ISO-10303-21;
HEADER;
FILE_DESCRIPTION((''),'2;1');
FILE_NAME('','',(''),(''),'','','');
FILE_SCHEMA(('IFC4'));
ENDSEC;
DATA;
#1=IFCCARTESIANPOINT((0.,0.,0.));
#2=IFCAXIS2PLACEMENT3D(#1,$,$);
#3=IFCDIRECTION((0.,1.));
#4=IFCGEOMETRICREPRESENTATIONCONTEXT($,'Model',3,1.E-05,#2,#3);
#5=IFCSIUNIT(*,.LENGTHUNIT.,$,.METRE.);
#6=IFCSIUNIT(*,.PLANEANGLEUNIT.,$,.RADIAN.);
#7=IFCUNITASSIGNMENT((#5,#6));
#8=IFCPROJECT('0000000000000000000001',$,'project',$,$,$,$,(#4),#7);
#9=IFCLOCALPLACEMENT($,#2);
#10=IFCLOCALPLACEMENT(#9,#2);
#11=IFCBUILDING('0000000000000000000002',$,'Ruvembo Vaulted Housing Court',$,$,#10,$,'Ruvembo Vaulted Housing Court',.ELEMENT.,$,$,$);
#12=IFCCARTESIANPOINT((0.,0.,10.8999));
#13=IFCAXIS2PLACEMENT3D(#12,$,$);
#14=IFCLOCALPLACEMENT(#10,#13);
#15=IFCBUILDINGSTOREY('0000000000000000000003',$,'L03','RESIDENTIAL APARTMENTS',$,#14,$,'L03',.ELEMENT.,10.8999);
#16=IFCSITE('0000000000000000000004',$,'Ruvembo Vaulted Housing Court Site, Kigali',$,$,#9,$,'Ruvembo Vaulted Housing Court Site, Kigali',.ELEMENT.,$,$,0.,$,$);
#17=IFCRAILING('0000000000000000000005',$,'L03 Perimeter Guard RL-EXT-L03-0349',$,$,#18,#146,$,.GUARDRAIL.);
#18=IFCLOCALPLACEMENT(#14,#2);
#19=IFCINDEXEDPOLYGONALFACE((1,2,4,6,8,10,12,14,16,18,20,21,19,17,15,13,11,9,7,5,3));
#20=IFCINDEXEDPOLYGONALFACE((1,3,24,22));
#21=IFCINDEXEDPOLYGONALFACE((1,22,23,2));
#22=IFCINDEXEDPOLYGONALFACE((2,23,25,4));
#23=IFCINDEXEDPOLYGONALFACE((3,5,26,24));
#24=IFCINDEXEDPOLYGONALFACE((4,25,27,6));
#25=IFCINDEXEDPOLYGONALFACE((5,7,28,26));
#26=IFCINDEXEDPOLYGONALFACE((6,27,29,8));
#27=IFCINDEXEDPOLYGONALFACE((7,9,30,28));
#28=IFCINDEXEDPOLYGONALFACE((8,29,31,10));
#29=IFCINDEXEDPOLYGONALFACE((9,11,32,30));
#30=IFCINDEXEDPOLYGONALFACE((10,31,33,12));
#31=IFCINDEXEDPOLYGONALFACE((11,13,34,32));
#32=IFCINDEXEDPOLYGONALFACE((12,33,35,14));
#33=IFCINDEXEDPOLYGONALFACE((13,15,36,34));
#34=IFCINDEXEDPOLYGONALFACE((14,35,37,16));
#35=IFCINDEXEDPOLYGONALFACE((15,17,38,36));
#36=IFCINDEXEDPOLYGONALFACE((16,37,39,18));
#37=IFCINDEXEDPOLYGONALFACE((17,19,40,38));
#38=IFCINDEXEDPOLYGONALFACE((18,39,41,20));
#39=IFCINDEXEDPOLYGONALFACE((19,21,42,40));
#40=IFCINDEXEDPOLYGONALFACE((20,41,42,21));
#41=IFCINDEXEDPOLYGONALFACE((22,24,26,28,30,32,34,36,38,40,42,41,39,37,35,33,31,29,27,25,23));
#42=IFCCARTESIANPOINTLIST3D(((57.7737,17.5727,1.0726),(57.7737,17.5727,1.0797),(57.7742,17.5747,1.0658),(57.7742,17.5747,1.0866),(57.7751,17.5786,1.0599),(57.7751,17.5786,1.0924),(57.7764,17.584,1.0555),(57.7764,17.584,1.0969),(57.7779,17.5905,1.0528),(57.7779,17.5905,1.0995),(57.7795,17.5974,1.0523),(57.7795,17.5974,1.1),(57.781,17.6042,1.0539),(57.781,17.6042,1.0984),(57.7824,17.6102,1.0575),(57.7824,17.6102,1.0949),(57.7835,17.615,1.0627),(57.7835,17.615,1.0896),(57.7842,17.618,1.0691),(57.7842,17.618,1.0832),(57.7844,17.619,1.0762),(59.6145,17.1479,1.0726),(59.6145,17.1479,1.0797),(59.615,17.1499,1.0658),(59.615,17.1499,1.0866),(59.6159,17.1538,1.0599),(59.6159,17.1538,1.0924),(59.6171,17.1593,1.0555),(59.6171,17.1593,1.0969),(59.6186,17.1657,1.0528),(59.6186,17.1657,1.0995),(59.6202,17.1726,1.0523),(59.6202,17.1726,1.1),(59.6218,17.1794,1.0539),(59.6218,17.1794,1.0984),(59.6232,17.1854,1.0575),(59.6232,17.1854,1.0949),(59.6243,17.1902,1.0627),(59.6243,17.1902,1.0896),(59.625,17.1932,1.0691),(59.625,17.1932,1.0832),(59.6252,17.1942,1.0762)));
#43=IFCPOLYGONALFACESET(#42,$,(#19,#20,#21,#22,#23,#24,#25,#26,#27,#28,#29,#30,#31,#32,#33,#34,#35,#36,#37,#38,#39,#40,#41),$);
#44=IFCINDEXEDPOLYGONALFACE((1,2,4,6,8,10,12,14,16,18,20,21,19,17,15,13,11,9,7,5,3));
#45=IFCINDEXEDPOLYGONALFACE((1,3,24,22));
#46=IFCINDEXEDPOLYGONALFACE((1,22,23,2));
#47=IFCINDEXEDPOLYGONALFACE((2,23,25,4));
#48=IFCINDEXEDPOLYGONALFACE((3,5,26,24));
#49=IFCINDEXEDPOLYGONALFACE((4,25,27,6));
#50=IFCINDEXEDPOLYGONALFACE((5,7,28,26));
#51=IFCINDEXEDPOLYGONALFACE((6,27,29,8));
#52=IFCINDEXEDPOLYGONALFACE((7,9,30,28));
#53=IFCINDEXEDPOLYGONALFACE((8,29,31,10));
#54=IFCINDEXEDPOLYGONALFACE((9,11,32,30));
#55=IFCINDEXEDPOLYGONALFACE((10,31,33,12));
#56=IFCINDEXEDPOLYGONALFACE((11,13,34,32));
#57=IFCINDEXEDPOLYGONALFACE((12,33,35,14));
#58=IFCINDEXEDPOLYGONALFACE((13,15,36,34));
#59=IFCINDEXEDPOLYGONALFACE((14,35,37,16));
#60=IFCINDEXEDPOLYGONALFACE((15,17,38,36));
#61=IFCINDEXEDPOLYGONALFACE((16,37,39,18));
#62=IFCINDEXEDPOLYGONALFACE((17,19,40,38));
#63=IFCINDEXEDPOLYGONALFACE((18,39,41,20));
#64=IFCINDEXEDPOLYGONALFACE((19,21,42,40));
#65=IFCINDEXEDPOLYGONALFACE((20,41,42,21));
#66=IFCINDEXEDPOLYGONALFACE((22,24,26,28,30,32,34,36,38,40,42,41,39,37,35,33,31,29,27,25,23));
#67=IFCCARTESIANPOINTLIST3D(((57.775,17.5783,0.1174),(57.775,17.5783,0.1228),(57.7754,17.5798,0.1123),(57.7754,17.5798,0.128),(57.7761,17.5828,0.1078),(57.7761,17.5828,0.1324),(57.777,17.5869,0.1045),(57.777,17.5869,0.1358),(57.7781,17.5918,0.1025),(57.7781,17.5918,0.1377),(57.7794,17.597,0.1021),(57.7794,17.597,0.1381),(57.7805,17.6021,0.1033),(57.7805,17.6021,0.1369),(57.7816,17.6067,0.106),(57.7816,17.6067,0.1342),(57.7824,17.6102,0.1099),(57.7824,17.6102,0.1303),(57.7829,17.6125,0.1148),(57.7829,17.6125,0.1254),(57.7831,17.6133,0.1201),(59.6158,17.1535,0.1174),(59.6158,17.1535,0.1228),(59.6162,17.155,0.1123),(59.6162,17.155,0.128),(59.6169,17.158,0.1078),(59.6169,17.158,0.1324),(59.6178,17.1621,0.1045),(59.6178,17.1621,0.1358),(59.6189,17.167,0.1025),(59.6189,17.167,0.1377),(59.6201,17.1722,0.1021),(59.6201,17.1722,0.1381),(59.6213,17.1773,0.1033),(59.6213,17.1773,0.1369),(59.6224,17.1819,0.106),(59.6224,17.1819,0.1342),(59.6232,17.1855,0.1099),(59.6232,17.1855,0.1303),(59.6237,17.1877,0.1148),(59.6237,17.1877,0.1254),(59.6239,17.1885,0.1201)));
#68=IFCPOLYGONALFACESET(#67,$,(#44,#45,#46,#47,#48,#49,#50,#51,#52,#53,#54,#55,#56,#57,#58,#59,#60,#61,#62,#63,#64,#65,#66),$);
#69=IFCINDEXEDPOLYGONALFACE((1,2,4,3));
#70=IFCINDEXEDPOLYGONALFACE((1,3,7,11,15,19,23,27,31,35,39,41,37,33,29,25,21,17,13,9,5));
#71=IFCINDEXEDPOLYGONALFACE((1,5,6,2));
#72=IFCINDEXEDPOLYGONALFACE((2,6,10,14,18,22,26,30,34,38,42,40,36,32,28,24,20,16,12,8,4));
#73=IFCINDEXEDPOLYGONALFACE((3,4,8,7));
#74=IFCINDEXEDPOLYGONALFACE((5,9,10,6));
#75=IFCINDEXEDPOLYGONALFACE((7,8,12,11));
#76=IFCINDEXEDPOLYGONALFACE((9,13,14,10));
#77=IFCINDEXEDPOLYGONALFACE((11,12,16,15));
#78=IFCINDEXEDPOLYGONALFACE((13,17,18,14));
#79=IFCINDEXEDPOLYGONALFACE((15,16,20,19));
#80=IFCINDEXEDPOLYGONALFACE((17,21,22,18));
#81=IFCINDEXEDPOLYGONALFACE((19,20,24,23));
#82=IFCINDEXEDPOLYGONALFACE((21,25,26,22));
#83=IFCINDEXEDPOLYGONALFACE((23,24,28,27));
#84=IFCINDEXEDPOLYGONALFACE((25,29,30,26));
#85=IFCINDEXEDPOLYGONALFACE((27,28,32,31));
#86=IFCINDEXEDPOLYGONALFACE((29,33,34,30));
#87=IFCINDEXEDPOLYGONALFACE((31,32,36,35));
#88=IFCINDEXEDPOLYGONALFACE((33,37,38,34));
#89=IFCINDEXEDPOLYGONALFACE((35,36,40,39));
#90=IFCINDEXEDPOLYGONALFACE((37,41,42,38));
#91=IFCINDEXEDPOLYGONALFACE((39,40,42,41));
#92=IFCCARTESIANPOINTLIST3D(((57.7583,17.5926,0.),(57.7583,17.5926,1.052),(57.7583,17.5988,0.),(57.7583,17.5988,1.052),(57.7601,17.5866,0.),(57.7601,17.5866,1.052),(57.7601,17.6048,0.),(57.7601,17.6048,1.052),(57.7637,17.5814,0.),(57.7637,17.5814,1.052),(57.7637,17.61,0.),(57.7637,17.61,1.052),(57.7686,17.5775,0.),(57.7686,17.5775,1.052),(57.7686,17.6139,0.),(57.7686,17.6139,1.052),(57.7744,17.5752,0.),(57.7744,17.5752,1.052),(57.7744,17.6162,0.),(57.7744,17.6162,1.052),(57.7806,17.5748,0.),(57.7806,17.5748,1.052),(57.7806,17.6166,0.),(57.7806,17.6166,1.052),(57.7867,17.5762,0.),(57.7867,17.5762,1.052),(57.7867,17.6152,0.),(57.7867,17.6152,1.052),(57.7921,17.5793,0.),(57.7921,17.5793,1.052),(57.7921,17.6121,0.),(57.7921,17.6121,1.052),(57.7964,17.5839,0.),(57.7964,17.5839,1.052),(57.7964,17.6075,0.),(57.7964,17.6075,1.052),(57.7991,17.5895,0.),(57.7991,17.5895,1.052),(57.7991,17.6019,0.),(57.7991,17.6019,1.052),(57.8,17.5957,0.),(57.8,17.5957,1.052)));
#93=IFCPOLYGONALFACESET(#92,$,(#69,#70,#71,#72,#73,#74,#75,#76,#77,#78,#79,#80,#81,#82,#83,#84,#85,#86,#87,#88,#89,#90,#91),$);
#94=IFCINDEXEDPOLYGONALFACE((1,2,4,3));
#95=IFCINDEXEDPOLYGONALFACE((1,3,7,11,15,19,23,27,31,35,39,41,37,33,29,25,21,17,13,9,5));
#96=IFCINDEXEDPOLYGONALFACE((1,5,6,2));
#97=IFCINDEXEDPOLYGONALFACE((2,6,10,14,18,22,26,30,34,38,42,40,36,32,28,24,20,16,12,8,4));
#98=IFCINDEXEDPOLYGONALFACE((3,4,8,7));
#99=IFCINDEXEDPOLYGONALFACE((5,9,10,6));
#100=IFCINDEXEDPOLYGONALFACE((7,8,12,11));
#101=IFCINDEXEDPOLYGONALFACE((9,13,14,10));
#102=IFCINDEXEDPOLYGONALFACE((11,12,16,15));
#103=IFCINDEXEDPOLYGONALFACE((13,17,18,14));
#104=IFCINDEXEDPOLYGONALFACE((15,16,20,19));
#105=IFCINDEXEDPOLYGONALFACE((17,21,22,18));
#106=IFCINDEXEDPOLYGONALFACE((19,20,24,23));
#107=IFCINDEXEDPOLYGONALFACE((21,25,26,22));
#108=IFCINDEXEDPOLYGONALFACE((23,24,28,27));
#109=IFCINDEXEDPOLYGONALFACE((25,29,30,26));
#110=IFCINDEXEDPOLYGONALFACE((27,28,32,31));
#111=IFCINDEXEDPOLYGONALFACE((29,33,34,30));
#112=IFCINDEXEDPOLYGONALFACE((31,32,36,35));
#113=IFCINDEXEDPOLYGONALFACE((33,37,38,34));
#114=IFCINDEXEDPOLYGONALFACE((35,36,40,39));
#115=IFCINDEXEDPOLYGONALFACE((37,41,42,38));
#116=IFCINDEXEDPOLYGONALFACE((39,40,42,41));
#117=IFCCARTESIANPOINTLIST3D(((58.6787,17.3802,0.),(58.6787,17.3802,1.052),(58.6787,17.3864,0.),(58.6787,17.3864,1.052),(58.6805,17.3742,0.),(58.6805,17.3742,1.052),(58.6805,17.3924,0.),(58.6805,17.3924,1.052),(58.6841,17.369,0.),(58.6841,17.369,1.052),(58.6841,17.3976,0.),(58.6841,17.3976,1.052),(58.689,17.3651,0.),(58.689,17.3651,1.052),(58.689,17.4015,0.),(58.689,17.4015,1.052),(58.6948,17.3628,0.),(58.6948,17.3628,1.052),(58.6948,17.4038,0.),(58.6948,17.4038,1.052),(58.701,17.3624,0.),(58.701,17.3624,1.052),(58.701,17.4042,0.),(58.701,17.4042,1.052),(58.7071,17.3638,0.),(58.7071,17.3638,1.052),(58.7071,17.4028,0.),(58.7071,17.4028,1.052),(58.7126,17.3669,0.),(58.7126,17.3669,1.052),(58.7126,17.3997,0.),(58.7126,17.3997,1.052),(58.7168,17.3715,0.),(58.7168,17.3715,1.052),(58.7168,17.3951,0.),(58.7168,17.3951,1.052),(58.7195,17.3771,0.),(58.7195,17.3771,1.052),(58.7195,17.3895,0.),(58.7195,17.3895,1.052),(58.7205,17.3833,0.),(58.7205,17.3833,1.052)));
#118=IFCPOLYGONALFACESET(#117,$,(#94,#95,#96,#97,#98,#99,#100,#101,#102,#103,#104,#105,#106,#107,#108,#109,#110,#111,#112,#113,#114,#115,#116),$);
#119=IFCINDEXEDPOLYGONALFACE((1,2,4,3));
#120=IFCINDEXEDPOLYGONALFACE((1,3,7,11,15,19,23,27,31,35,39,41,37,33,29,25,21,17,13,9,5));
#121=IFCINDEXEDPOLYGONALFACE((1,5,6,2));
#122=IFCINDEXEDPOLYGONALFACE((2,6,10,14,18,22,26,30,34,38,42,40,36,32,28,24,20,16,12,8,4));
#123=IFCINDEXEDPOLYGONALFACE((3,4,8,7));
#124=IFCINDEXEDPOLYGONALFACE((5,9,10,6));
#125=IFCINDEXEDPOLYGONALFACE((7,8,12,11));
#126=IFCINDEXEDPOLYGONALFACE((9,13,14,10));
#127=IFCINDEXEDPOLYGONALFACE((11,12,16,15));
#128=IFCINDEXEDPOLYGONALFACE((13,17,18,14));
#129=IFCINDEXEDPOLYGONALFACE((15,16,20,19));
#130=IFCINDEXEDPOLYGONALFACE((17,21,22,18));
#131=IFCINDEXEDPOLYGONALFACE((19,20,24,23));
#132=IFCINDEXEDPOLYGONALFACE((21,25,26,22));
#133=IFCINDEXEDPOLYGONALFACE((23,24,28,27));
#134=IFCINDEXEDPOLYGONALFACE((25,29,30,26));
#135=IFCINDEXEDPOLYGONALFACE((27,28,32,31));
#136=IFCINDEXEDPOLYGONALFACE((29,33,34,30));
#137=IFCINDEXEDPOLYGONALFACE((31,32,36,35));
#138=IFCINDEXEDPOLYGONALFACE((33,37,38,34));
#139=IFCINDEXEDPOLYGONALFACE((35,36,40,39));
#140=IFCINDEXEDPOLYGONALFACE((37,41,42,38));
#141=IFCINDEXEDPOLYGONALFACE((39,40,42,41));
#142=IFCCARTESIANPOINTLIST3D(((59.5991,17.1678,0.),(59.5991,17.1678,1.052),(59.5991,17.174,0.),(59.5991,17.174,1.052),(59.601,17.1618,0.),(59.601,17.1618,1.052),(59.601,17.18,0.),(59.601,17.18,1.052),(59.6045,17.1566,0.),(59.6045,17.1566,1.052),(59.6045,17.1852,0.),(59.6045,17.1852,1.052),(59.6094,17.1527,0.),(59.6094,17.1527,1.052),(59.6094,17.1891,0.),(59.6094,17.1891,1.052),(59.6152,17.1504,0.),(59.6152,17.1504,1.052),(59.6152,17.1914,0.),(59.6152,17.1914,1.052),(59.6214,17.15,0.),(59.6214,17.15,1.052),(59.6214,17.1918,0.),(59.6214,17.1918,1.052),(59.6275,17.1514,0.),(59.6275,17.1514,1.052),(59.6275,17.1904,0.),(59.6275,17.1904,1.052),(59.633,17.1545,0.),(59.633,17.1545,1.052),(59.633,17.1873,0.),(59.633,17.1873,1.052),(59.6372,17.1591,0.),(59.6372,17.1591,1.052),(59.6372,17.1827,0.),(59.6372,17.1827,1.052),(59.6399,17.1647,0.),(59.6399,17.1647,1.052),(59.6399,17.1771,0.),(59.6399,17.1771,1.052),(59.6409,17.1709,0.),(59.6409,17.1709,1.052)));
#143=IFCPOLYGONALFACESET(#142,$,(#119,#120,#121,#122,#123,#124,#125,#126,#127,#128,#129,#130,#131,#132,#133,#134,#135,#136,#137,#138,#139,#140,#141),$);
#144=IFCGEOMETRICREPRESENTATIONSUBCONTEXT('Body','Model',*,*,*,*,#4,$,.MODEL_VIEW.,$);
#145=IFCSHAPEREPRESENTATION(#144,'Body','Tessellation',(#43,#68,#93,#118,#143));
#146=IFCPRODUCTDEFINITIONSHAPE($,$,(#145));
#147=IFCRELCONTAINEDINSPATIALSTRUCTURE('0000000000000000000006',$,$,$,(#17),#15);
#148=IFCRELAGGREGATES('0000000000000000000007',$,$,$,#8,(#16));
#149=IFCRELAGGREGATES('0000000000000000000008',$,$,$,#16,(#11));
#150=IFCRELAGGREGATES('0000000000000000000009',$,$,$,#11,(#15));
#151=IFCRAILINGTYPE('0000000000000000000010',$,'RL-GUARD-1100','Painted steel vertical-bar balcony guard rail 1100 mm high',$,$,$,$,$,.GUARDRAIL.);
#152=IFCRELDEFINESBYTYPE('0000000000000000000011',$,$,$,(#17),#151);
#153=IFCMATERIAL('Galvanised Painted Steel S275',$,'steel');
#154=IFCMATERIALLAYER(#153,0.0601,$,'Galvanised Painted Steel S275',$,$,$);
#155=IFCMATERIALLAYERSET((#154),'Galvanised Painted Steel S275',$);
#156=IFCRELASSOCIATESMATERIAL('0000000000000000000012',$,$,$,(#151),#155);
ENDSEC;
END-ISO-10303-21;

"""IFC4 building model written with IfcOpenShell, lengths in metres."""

from ifc_helpers import new_model, si_unit, direction, frame, origin, origin_2d, place, context, subcontext, project, spatial, circle, extrude, material, layer, layer_set, type_object, element, save


model = new_model("IFC4")

# Units and contexts
model_context = context("Model", 3, precision=1e-05, world=origin(), true_north=direction((0.0, 1.0)))
body_context = subcontext(model_context, "Body", "Model", "MODEL_VIEW")
ifc_project = project(units=[si_unit("LENGTHUNIT", "METRE"), si_unit("PLANEANGLEUNIT", "RADIAN")], contexts=[model_context])

# Site, building, storey
site_placement = place(None, origin())
site = spatial("IfcSite", under=ifc_project, at=site_placement, Name="Ruvembo Vaulted Housing Court Site, Kigali", LongName="Ruvembo Vaulted Housing Court Site, Kigali", CompositionType="ELEMENT", RefElevation=0.0)
building_placement = place(site_placement, origin())
building = spatial("IfcBuilding", under=site, at=building_placement, Name="Ruvembo Vaulted Housing Court", LongName="Ruvembo Vaulted Housing Court", CompositionType="ELEMENT")
storey_placement = place(building_placement, frame((0.0, 0.0, 10.8999)))
storey = spatial("IfcBuildingStorey", under=building, at=storey_placement, Name="L03", Description="RESIDENTIAL APARTMENTS", LongName="L03", CompositionType="ELEMENT", Elevation=10.8999)

# Railing
ifc_material_1 = material(Name="Galvanised Painted Steel S275", Category="steel")
ifc_layer_1 = layer(ifc_material_1, 0.0601, Name="Galvanised Painted Steel S275")
ifc_layer_set_1 = layer_set([ifc_layer_1], Name="Galvanised Painted Steel S275")
railing_type = type_object("IfcRailingType", Name="RL-GUARD-1100", Description="Painted steel vertical-bar balcony guard rail 1100 mm high", PredefinedType="GUARDRAIL", material=ifc_layer_set_1)
railing_1_placement = place(storey_placement, frame((57.7791, 17.5957, 0.0)))
element("IfcRailing", 1, at=railing_1_placement, inside=storey, type_object=railing_type, Name="L03 Perimeter Guard RL-EXT-L03-0349", PredefinedType="GUARDRAIL", context=body_context, shape_type="SweptSolid", body=[
    extrude(circle(Radius=0.0239, at=origin_2d()), frame((0.0, 0.0, 1.0762), z_axis=(0.974391, -0.22486, 0.0), x_axis=(0.22486, 0.974391, 0.0)), (0.0, 0.0, 1.0), 1.8892),
    extrude(circle(Radius=0.0181, at=origin_2d()), frame((0.0, 0.0, 0.1201), z_axis=(0.974391, -0.22486, 0.0), x_axis=(0.22486, 0.974391, 0.0)), (0.0, 0.0, 1.0), 1.8892),
    extrude(circle(Radius=0.021, at=origin_2d()), origin(), (0.0, 0.0, 1.0), 1.052),
    extrude(circle(Radius=0.021, at=origin_2d()), frame((0.9204, -0.2124, 0.0)), (0.0, 0.0, 1.0), 1.052),
    extrude(circle(Radius=0.021, at=origin_2d()), frame((1.8408, -0.4248, 0.0)), (0.0, 0.0, 1.0), 1.052),
])

save(model, "model.ifc")
